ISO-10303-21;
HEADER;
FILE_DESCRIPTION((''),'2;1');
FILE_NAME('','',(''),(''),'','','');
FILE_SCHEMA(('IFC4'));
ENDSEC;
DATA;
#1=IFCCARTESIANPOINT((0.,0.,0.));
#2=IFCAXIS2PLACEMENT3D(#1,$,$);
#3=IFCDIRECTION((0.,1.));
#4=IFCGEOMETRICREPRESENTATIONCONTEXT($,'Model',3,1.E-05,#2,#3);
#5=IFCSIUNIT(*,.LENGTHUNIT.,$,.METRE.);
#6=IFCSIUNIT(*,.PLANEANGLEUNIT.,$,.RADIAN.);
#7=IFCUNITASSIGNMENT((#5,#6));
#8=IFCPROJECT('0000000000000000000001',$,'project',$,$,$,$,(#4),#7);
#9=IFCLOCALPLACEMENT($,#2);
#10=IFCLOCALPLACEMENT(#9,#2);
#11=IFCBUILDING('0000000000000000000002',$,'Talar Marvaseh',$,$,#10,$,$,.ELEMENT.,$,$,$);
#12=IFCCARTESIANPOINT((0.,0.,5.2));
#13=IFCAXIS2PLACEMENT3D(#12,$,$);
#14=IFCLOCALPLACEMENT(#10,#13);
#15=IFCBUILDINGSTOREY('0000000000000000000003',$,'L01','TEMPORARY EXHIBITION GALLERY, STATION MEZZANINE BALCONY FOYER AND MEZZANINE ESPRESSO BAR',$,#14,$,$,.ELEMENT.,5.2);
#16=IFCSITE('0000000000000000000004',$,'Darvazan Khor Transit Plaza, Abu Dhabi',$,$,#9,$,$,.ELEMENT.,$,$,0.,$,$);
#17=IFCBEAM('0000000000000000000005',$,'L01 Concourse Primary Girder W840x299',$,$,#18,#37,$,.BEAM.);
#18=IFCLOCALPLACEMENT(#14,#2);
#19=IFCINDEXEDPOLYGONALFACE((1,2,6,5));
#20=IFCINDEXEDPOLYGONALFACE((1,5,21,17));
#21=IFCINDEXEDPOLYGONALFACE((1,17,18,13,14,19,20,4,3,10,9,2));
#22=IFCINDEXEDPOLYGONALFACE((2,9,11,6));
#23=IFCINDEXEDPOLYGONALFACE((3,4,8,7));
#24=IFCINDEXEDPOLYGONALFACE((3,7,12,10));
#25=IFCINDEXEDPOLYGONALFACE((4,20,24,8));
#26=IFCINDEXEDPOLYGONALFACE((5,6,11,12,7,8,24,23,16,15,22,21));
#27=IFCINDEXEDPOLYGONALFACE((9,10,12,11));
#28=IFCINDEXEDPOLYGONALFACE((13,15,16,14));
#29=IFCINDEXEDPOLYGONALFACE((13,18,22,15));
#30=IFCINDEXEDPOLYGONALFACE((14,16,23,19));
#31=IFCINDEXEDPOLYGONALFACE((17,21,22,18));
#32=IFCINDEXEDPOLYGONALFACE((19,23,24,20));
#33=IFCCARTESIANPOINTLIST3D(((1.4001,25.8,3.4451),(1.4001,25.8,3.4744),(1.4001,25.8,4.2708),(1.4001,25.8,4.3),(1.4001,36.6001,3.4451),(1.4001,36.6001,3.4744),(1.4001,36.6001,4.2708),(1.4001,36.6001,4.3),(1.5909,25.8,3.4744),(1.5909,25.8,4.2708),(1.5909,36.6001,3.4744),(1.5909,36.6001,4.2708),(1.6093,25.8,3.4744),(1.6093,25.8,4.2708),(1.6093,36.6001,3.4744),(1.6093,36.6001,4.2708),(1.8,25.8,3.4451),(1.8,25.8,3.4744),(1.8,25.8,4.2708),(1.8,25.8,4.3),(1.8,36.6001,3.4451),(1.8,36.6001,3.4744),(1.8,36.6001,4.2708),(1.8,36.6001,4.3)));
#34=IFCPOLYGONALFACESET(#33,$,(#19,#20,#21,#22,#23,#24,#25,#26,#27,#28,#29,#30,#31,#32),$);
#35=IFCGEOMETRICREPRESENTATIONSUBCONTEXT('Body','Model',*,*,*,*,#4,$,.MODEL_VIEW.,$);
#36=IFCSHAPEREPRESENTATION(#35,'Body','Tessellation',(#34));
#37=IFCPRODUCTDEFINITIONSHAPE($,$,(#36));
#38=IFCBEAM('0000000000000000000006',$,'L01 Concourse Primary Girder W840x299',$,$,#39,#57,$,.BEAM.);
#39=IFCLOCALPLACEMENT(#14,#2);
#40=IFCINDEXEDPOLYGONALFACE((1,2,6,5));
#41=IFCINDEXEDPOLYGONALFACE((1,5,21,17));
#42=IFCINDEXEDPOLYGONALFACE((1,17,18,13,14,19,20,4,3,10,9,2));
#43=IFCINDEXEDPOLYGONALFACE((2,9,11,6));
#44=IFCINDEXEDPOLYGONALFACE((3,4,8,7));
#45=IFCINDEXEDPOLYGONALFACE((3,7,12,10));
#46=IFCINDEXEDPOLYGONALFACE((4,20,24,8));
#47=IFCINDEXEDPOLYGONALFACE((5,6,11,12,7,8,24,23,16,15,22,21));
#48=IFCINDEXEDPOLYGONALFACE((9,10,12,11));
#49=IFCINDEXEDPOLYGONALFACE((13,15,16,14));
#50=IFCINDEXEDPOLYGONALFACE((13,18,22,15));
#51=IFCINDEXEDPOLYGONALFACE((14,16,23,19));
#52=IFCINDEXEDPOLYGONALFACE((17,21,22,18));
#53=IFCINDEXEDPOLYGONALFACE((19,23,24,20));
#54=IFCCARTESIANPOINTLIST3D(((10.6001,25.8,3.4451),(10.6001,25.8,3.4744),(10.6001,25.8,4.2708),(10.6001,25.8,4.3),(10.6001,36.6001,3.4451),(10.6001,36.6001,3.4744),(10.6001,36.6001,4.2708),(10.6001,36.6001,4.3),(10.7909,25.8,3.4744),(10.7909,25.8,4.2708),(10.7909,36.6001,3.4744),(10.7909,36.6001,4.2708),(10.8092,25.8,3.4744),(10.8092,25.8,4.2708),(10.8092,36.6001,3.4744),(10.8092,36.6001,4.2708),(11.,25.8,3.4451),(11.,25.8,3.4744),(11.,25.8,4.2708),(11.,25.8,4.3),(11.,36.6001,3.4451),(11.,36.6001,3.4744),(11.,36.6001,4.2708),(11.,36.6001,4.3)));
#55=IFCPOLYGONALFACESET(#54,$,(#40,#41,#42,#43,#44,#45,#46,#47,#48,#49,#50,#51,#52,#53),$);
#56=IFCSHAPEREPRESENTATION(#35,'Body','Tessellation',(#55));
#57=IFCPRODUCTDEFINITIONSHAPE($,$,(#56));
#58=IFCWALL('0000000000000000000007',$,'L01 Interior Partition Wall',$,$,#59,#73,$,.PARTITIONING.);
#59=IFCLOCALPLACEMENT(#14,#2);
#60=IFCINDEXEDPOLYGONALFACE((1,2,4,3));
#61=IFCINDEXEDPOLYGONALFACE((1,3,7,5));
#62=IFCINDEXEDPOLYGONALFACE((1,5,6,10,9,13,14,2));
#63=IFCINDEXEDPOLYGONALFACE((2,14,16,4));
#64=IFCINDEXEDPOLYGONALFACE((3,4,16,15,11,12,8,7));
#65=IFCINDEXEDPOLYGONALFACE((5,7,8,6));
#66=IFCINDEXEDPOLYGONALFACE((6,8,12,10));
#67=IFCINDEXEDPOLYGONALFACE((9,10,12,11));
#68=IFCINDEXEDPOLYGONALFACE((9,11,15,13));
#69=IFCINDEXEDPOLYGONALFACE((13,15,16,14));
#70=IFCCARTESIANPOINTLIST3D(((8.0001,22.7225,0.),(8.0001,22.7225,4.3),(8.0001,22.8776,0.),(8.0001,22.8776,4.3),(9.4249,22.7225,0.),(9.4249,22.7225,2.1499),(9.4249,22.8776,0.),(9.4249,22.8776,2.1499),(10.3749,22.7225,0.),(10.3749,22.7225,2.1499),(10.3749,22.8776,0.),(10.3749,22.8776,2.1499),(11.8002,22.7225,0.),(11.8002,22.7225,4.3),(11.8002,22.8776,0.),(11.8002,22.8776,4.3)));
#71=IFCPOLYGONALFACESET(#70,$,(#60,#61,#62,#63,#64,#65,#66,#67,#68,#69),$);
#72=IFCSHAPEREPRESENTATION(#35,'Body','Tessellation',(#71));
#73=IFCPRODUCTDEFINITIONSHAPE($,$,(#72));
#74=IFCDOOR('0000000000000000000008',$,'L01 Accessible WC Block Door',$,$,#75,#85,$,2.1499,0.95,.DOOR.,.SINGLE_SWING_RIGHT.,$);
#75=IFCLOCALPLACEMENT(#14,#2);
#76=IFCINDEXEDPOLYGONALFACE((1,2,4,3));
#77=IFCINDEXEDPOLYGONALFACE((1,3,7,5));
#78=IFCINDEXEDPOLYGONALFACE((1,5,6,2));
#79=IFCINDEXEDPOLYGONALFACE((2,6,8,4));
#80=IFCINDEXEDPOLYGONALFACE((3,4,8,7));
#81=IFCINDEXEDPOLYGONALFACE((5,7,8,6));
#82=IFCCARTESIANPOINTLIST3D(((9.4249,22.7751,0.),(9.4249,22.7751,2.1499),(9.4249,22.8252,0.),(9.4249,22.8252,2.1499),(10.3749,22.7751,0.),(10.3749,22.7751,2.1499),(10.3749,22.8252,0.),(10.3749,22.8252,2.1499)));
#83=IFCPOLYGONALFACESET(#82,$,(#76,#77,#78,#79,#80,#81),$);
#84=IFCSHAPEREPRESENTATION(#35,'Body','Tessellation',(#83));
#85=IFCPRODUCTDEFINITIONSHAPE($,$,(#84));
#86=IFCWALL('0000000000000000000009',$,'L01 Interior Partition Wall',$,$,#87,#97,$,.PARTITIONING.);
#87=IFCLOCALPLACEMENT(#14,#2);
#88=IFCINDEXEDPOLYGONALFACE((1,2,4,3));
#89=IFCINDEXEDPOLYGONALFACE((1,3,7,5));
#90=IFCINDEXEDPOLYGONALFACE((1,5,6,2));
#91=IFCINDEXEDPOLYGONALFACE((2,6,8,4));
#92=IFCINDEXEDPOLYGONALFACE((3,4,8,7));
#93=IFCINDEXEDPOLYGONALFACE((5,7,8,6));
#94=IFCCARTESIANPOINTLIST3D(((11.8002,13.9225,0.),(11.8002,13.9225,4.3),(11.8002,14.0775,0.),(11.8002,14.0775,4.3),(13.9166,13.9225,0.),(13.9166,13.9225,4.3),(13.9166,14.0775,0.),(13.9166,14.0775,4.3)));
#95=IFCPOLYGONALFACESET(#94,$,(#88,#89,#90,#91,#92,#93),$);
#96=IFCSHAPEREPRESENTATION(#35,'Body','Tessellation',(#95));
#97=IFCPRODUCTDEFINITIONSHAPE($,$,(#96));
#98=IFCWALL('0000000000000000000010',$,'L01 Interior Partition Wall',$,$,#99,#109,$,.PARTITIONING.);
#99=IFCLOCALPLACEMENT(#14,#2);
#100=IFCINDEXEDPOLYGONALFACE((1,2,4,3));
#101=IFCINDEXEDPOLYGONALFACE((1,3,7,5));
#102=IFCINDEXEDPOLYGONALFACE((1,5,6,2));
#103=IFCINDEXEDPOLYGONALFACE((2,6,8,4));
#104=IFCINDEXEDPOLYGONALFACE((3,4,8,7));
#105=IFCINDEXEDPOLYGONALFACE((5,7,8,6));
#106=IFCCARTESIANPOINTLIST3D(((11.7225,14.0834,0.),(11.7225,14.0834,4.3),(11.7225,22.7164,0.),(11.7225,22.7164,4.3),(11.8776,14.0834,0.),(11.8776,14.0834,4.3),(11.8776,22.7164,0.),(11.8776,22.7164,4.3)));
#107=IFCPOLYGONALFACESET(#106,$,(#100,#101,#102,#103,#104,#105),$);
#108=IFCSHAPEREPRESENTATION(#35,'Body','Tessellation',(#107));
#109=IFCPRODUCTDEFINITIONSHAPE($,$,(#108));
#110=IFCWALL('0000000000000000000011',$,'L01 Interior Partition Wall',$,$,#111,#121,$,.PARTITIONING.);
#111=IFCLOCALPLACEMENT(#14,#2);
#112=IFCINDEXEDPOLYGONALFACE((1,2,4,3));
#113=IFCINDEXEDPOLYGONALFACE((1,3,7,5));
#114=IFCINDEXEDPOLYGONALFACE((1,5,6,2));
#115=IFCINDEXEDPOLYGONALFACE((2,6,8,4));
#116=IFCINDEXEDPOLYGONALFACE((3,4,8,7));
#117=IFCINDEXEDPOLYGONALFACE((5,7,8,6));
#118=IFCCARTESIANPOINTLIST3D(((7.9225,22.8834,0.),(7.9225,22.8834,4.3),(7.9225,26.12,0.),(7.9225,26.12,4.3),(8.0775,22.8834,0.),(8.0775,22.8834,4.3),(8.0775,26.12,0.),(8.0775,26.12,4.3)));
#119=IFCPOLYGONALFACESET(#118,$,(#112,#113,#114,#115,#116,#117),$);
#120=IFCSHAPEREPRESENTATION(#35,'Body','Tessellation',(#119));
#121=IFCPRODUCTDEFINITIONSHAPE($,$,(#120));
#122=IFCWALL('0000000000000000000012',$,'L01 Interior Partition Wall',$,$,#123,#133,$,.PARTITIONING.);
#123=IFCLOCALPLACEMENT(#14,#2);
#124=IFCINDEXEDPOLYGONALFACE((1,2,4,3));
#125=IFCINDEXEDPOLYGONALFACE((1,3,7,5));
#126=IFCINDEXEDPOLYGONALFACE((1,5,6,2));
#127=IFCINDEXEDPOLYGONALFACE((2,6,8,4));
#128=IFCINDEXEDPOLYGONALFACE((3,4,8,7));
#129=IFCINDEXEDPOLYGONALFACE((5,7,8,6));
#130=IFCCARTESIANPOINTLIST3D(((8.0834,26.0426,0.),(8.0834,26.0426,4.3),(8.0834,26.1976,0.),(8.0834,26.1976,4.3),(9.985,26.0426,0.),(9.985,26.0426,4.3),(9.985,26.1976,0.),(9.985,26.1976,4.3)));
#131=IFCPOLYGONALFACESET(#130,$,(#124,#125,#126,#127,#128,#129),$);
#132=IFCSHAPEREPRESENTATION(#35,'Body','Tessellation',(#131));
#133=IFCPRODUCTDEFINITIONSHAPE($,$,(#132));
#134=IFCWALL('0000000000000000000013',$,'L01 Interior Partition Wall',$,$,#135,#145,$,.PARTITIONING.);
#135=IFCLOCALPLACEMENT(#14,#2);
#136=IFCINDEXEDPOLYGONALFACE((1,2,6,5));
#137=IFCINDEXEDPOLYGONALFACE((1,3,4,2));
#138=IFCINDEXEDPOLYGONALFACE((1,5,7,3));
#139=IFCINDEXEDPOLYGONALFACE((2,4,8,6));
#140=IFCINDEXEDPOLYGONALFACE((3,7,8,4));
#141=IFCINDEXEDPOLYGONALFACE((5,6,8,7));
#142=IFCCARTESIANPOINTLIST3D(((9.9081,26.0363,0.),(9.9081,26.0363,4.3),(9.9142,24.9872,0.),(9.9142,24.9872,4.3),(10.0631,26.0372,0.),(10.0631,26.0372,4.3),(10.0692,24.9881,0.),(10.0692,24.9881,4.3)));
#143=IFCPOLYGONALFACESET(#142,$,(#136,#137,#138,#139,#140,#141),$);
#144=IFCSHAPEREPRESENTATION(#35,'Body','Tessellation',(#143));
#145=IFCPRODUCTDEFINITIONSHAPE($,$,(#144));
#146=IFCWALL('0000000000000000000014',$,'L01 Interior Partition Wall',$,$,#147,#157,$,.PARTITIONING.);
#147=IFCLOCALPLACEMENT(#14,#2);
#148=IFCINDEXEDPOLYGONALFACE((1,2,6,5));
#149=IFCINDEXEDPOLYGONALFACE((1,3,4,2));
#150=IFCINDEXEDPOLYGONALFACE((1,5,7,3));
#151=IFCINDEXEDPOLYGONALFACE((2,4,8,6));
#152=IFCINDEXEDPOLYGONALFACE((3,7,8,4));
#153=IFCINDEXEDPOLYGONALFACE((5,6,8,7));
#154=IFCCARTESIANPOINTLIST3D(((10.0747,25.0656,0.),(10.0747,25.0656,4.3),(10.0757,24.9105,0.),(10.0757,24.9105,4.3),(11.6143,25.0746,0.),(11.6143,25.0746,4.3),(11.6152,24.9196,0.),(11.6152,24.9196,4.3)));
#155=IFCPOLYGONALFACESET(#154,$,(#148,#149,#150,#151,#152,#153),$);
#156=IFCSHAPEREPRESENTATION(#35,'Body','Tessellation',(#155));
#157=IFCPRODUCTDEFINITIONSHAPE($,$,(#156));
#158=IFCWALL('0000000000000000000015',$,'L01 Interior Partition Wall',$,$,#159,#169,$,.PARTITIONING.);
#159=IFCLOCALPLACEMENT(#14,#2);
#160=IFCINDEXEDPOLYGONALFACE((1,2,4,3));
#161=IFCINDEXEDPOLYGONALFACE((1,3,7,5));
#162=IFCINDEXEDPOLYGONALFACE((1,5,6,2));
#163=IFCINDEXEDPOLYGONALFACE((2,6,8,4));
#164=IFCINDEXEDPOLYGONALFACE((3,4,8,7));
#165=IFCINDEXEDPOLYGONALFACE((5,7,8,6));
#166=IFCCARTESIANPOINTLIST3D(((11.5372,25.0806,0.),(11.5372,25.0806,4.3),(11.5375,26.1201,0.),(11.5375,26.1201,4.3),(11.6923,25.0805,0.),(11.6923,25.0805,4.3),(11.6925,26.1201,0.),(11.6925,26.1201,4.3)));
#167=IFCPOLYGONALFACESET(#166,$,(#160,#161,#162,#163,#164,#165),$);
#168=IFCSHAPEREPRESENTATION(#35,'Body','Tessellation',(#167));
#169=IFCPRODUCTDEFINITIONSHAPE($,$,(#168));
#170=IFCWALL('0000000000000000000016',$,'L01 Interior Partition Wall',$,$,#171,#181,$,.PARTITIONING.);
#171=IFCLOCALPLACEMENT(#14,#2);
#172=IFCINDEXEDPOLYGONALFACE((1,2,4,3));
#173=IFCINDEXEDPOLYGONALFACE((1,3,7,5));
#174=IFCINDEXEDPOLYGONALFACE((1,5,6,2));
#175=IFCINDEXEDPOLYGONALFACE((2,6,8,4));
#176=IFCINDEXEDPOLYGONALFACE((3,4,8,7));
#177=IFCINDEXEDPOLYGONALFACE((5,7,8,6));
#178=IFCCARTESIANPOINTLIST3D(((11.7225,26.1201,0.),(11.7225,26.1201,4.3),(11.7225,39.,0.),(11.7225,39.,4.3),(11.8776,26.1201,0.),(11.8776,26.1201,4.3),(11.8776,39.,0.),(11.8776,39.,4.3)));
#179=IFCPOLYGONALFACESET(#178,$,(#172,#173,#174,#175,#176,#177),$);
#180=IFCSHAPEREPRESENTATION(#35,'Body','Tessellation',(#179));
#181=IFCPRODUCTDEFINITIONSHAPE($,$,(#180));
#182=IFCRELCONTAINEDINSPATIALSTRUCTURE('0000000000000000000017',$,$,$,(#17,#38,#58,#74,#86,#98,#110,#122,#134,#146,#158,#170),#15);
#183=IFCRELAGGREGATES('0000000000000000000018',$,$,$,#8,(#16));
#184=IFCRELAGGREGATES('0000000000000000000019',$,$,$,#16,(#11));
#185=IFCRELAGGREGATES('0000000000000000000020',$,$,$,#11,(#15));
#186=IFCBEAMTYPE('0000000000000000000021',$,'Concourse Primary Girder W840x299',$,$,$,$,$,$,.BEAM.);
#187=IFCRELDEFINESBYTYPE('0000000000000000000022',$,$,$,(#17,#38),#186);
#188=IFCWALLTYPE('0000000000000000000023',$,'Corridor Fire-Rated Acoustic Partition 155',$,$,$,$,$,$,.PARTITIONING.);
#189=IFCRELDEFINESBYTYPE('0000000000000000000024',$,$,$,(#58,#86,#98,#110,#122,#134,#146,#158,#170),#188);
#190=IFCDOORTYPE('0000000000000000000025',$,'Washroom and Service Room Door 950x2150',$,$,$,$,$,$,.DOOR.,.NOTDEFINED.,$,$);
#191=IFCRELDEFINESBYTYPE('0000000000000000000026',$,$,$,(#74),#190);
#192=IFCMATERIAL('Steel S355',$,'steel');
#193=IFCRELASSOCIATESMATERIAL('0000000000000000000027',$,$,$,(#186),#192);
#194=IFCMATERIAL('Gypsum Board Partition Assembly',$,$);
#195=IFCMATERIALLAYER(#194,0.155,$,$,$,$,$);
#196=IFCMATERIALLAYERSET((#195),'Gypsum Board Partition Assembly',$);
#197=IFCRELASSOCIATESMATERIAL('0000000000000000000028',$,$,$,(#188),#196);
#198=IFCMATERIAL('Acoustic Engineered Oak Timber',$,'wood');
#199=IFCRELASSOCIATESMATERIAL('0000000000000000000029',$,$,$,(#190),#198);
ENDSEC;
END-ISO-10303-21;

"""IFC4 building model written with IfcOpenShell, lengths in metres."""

from ifc_helpers import new_model, si_unit, direction, frame, frame_2d, origin, origin_2d, place, context, subcontext, project, spatial, rectangle, i_section, extrude, source, transform, mapped, material, layer, layer_set, material_profile, profile_set, type_object, type_shapes, element, fill, save


model = new_model("IFC4")

# Units and contexts
model_context = context("Model", 3, precision=1e-05, world=origin(), true_north=direction((0.0, 1.0)))
body_context = subcontext(model_context, "Body", "Model", "MODEL_VIEW")
ifc_project = project(units=[si_unit("LENGTHUNIT", "METRE"), si_unit("PLANEANGLEUNIT", "RADIAN")], contexts=[model_context])

# Site, building, storey
site_placement = place(None, origin())
site = spatial("IfcSite", under=ifc_project, at=site_placement, Name="Darvazan Khor Transit Plaza, Abu Dhabi", CompositionType="ELEMENT", RefElevation=0.0)
building_placement = place(site_placement, origin())
building = spatial("IfcBuilding", under=site, at=building_placement, Name="Talar Marvaseh", CompositionType="ELEMENT")
storey_placement = place(building_placement, frame((0.0, 0.0, 5.2)))
storey = spatial("IfcBuildingStorey", under=building, at=storey_placement, Name="L01", Description="TEMPORARY EXHIBITION GALLERY, STATION MEZZANINE BALCONY FOYER AND MEZZANINE ESPRESSO BAR", CompositionType="ELEMENT", Elevation=5.2)

# Beams
ifc_material_1 = material(Name="Steel S355", Category="steel")
ifc_material_profile_1 = material_profile(ifc_material_1, i_section(OverallWidth=0.3999, OverallDepth=0.855, WebThickness=0.0183, FlangeThickness=0.0293, at=origin_2d()), Name="W840x299")
ifc_profile_set_1 = profile_set([ifc_material_profile_1], Name="Steel S355")
beam_type_1 = type_object("IfcBeamType", Name="Concourse Primary Girder W840x299", PredefinedType="BEAM", material=ifc_profile_set_1)
for number, where, z_axis, x_axis, name in (
    (1, (1.6001, 25.8, 3.8726), (0.0, 1.0, 0.0), (-1.0, 0.0, 0.0), "L01 Concourse Primary Girder W840x299"),
    (2, (10.8, 25.8, 3.8726), (0.0, 1.0, 0.0), (-1.0, 0.0, 0.0), "L01 Concourse Primary Girder W840x299"),
):
    element("IfcBeam", number, at=place(storey_placement, frame(where, z_axis=z_axis, x_axis=x_axis)), inside=storey, type_object=beam_type_1, Name=name, PredefinedType="BEAM", context=body_context, shape_type="SweptSolid", body=[
        extrude(i_section(OverallWidth=0.3999, OverallDepth=0.855, WebThickness=0.0183, FlangeThickness=0.0293, at=origin_2d()), origin(), (0.0, 0.0, 1.0), 10.8),
    ])

# Wall, opening, door
ifc_material_2 = material(Name="Gypsum Board Partition Assembly")
ifc_layer_1 = layer(ifc_material_2, 0.155)
ifc_layer_set_1 = layer_set([ifc_layer_1], Name="Gypsum Board Partition Assembly")
wall_type_1 = type_object("IfcWallType", Name="Corridor Fire-Rated Acoustic Partition 155", PredefinedType="PARTITIONING", material=ifc_layer_set_1)
wall_1_placement = place(storey_placement, frame((11.8, 22.8, 0.0), z_axis=(0.0, 0.0, 1.0), x_axis=(-1.0, 0.0, 0.0)))
wall_1 = element("IfcWall", 3, at=wall_1_placement, inside=storey, type_object=wall_type_1, Name="L01 Interior Partition Wall", PredefinedType="PARTITIONING", context=body_context, shape_type="SweptSolid", body=[
    extrude(rectangle(XDim=3.8, YDim=0.155, at=frame_2d((1.8999, 0.0))), origin(), (0.0, 0.0, 1.0), 4.3),
])
opening_placement = place(wall_1_placement, frame((1.425, 0.0, 0.0)))
opening = element("IfcOpeningElement", 4, at=opening_placement, cuts=wall_1, PredefinedType="OPENING", context=body_context, shape_type="SweptSolid", body=[
    extrude(rectangle(XDim=0.95, YDim=2.1499, at=frame_2d((0.4751, 1.075))), frame((0.0, 0.0874, 0.0), z_axis=(0.0, -1.0, 0.0), x_axis=(1.0, 0.0, 0.0)), (0.0, 0.0, 1.0), 0.175),
])
ifc_material_3 = material(Name="Acoustic Engineered Oak Timber", Category="wood")
door_type = type_object("IfcDoorType", Name="Washroom and Service Room Door 950x2150", OperationType="NOTDEFINED", PredefinedType="DOOR", material=ifc_material_3)
shared_shape = source(origin(), body_context, "Body", "SweptSolid", [
    extrude(rectangle(XDim=0.95, YDim=2.1499, at=frame_2d((0.4751, 1.075))), frame((0.0, 0.0249, 0.0), z_axis=(0.0, -1.0, 0.0), x_axis=(1.0, 0.0, 0.0)), (0.0, 0.0, 1.0), 0.05),
])
type_shapes(door_type, [shared_shape])
door_placement = place(opening_placement, origin())
door = element("IfcDoor", 5, at=door_placement, inside=storey, type_object=door_type, Name="L01 Accessible WC Block Door", OperationType="SINGLE_SWING_RIGHT", OverallHeight=2.1499, OverallWidth=0.95, PredefinedType="DOOR", context=body_context, shape_type="MappedRepresentation", body=[
    mapped(shared_shape, transform((0.0, 0.0, 0.0), x_axis=(1.0, 0.0, 0.0), y_axis=(0.0, 1.0, 0.0), z_axis=(0.0, 0.0, 1.0), scale=1.0)),
])
fill(opening, door)

# Walls
wall_2_placement = place(storey_placement, frame((13.9165, 14.0, 0.0), z_axis=(0.0, 0.0, 1.0), x_axis=(-1.0, 0.0, 0.0)))
element("IfcWall", 6, at=wall_2_placement, inside=storey, type_object=wall_type_1, Name="L01 Interior Partition Wall", PredefinedType="PARTITIONING", context=body_context, shape_type="SweptSolid", body=[
    extrude(rectangle(XDim=2.1165, YDim=0.155, at=frame_2d((1.0581, 0.0))), origin(), (0.0, 0.0, 1.0), 4.3),
])
wall_3_placement = place(storey_placement, frame((11.8, 14.0835, 0.0), z_axis=(0.0, 0.0, 1.0), x_axis=(0.0, 1.0, 0.0)))
element("IfcWall", 7, at=wall_3_placement, inside=storey, type_object=wall_type_1, Name="L01 Interior Partition Wall", PredefinedType="PARTITIONING", context=body_context, shape_type="SweptSolid", body=[
    extrude(rectangle(XDim=8.6331, YDim=0.155, at=frame_2d((4.3164, 0.0))), origin(), (0.0, 0.0, 1.0), 4.3),
])
wall_4_placement = place(storey_placement, frame((8.0, 22.8835, 0.0), z_axis=(0.0, 0.0, 1.0), x_axis=(0.0, 1.0, 0.0)))
element("IfcWall", 8, at=wall_4_placement, inside=storey, type_object=wall_type_1, Name="L01 Interior Partition Wall", PredefinedType="PARTITIONING", context=body_context, shape_type="SweptSolid", body=[
    extrude(rectangle(XDim=3.2366, YDim=0.155, at=frame_2d((1.6182, 0.0))), origin(), (0.0, 0.0, 1.0), 4.3),
])
wall_5_placement = place(storey_placement, frame((8.0835, 26.1201, 0.0), z_axis=(0.0, 0.0, 1.0), x_axis=(1.0, 0.0, 0.0)))
element("IfcWall", 9, at=wall_5_placement, inside=storey, type_object=wall_type_1, Name="L01 Interior Partition Wall", PredefinedType="PARTITIONING", context=body_context, shape_type="SweptSolid", body=[
    extrude(rectangle(XDim=1.9016, YDim=0.155, at=frame_2d((0.9507, 0.0))), origin(), (0.0, 0.0, 1.0), 4.3),
])
wall_6_placement = place(storey_placement, frame((9.9856, 26.0366, 0.0), z_axis=(0.0, 0.0, 1.0), x_axis=(0.005818, -0.999983, 0.0)))
element("IfcWall", 10, at=wall_6_placement, inside=storey, type_object=wall_type_1, Name="L01 Interior Partition Wall", PredefinedType="PARTITIONING", context=body_context, shape_type="SweptSolid", body=[
    extrude(rectangle(XDim=1.0491, YDim=0.155, at=frame_2d((0.5244, 0.0))), origin(), (0.0, 0.0, 1.0), 4.3),
])
wall_7_placement = place(storey_placement, frame((10.0752, 24.988, 0.0), z_axis=(0.0, 0.0, 1.0), x_axis=(0.999983, 0.005867, 0.0)))
element("IfcWall", 11, at=wall_7_placement, inside=storey, type_object=wall_type_1, Name="L01 Interior Partition Wall", PredefinedType="PARTITIONING", context=body_context, shape_type="SweptSolid", body=[
    extrude(rectangle(XDim=1.5396, YDim=0.155, at=frame_2d((0.7698, 0.0))), origin(), (0.0, 0.0, 1.0), 4.3),
])
wall_8_placement = place(storey_placement, frame((11.6147, 25.0806, 0.0), z_axis=(0.0, 0.0, 1.0), x_axis=(0.000235, 1.0, 0.0)))
element("IfcWall", 12, at=wall_8_placement, inside=storey, type_object=wall_type_1, Name="L01 Interior Partition Wall", PredefinedType="PARTITIONING", context=body_context, shape_type="SweptSolid", body=[
    extrude(rectangle(XDim=1.0396, YDim=0.155, at=frame_2d((0.5198, 0.0))), origin(), (0.0, 0.0, 1.0), 4.3),
])
wall_9_placement = place(storey_placement, frame((11.8, 26.1201, 0.0), z_axis=(0.0, 0.0, 1.0), x_axis=(0.0, 1.0, 0.0)))
element("IfcWall", 13, at=wall_9_placement, inside=storey, type_object=wall_type_1, Name="L01 Interior Partition Wall", PredefinedType="PARTITIONING", context=body_context, shape_type="SweptSolid", body=[
    extrude(rectangle(XDim=12.8799, YDim=0.155, at=frame_2d((6.4399, 0.0))), origin(), (0.0, 0.0, 1.0), 4.3),
])

save(model, "model.ifc")
